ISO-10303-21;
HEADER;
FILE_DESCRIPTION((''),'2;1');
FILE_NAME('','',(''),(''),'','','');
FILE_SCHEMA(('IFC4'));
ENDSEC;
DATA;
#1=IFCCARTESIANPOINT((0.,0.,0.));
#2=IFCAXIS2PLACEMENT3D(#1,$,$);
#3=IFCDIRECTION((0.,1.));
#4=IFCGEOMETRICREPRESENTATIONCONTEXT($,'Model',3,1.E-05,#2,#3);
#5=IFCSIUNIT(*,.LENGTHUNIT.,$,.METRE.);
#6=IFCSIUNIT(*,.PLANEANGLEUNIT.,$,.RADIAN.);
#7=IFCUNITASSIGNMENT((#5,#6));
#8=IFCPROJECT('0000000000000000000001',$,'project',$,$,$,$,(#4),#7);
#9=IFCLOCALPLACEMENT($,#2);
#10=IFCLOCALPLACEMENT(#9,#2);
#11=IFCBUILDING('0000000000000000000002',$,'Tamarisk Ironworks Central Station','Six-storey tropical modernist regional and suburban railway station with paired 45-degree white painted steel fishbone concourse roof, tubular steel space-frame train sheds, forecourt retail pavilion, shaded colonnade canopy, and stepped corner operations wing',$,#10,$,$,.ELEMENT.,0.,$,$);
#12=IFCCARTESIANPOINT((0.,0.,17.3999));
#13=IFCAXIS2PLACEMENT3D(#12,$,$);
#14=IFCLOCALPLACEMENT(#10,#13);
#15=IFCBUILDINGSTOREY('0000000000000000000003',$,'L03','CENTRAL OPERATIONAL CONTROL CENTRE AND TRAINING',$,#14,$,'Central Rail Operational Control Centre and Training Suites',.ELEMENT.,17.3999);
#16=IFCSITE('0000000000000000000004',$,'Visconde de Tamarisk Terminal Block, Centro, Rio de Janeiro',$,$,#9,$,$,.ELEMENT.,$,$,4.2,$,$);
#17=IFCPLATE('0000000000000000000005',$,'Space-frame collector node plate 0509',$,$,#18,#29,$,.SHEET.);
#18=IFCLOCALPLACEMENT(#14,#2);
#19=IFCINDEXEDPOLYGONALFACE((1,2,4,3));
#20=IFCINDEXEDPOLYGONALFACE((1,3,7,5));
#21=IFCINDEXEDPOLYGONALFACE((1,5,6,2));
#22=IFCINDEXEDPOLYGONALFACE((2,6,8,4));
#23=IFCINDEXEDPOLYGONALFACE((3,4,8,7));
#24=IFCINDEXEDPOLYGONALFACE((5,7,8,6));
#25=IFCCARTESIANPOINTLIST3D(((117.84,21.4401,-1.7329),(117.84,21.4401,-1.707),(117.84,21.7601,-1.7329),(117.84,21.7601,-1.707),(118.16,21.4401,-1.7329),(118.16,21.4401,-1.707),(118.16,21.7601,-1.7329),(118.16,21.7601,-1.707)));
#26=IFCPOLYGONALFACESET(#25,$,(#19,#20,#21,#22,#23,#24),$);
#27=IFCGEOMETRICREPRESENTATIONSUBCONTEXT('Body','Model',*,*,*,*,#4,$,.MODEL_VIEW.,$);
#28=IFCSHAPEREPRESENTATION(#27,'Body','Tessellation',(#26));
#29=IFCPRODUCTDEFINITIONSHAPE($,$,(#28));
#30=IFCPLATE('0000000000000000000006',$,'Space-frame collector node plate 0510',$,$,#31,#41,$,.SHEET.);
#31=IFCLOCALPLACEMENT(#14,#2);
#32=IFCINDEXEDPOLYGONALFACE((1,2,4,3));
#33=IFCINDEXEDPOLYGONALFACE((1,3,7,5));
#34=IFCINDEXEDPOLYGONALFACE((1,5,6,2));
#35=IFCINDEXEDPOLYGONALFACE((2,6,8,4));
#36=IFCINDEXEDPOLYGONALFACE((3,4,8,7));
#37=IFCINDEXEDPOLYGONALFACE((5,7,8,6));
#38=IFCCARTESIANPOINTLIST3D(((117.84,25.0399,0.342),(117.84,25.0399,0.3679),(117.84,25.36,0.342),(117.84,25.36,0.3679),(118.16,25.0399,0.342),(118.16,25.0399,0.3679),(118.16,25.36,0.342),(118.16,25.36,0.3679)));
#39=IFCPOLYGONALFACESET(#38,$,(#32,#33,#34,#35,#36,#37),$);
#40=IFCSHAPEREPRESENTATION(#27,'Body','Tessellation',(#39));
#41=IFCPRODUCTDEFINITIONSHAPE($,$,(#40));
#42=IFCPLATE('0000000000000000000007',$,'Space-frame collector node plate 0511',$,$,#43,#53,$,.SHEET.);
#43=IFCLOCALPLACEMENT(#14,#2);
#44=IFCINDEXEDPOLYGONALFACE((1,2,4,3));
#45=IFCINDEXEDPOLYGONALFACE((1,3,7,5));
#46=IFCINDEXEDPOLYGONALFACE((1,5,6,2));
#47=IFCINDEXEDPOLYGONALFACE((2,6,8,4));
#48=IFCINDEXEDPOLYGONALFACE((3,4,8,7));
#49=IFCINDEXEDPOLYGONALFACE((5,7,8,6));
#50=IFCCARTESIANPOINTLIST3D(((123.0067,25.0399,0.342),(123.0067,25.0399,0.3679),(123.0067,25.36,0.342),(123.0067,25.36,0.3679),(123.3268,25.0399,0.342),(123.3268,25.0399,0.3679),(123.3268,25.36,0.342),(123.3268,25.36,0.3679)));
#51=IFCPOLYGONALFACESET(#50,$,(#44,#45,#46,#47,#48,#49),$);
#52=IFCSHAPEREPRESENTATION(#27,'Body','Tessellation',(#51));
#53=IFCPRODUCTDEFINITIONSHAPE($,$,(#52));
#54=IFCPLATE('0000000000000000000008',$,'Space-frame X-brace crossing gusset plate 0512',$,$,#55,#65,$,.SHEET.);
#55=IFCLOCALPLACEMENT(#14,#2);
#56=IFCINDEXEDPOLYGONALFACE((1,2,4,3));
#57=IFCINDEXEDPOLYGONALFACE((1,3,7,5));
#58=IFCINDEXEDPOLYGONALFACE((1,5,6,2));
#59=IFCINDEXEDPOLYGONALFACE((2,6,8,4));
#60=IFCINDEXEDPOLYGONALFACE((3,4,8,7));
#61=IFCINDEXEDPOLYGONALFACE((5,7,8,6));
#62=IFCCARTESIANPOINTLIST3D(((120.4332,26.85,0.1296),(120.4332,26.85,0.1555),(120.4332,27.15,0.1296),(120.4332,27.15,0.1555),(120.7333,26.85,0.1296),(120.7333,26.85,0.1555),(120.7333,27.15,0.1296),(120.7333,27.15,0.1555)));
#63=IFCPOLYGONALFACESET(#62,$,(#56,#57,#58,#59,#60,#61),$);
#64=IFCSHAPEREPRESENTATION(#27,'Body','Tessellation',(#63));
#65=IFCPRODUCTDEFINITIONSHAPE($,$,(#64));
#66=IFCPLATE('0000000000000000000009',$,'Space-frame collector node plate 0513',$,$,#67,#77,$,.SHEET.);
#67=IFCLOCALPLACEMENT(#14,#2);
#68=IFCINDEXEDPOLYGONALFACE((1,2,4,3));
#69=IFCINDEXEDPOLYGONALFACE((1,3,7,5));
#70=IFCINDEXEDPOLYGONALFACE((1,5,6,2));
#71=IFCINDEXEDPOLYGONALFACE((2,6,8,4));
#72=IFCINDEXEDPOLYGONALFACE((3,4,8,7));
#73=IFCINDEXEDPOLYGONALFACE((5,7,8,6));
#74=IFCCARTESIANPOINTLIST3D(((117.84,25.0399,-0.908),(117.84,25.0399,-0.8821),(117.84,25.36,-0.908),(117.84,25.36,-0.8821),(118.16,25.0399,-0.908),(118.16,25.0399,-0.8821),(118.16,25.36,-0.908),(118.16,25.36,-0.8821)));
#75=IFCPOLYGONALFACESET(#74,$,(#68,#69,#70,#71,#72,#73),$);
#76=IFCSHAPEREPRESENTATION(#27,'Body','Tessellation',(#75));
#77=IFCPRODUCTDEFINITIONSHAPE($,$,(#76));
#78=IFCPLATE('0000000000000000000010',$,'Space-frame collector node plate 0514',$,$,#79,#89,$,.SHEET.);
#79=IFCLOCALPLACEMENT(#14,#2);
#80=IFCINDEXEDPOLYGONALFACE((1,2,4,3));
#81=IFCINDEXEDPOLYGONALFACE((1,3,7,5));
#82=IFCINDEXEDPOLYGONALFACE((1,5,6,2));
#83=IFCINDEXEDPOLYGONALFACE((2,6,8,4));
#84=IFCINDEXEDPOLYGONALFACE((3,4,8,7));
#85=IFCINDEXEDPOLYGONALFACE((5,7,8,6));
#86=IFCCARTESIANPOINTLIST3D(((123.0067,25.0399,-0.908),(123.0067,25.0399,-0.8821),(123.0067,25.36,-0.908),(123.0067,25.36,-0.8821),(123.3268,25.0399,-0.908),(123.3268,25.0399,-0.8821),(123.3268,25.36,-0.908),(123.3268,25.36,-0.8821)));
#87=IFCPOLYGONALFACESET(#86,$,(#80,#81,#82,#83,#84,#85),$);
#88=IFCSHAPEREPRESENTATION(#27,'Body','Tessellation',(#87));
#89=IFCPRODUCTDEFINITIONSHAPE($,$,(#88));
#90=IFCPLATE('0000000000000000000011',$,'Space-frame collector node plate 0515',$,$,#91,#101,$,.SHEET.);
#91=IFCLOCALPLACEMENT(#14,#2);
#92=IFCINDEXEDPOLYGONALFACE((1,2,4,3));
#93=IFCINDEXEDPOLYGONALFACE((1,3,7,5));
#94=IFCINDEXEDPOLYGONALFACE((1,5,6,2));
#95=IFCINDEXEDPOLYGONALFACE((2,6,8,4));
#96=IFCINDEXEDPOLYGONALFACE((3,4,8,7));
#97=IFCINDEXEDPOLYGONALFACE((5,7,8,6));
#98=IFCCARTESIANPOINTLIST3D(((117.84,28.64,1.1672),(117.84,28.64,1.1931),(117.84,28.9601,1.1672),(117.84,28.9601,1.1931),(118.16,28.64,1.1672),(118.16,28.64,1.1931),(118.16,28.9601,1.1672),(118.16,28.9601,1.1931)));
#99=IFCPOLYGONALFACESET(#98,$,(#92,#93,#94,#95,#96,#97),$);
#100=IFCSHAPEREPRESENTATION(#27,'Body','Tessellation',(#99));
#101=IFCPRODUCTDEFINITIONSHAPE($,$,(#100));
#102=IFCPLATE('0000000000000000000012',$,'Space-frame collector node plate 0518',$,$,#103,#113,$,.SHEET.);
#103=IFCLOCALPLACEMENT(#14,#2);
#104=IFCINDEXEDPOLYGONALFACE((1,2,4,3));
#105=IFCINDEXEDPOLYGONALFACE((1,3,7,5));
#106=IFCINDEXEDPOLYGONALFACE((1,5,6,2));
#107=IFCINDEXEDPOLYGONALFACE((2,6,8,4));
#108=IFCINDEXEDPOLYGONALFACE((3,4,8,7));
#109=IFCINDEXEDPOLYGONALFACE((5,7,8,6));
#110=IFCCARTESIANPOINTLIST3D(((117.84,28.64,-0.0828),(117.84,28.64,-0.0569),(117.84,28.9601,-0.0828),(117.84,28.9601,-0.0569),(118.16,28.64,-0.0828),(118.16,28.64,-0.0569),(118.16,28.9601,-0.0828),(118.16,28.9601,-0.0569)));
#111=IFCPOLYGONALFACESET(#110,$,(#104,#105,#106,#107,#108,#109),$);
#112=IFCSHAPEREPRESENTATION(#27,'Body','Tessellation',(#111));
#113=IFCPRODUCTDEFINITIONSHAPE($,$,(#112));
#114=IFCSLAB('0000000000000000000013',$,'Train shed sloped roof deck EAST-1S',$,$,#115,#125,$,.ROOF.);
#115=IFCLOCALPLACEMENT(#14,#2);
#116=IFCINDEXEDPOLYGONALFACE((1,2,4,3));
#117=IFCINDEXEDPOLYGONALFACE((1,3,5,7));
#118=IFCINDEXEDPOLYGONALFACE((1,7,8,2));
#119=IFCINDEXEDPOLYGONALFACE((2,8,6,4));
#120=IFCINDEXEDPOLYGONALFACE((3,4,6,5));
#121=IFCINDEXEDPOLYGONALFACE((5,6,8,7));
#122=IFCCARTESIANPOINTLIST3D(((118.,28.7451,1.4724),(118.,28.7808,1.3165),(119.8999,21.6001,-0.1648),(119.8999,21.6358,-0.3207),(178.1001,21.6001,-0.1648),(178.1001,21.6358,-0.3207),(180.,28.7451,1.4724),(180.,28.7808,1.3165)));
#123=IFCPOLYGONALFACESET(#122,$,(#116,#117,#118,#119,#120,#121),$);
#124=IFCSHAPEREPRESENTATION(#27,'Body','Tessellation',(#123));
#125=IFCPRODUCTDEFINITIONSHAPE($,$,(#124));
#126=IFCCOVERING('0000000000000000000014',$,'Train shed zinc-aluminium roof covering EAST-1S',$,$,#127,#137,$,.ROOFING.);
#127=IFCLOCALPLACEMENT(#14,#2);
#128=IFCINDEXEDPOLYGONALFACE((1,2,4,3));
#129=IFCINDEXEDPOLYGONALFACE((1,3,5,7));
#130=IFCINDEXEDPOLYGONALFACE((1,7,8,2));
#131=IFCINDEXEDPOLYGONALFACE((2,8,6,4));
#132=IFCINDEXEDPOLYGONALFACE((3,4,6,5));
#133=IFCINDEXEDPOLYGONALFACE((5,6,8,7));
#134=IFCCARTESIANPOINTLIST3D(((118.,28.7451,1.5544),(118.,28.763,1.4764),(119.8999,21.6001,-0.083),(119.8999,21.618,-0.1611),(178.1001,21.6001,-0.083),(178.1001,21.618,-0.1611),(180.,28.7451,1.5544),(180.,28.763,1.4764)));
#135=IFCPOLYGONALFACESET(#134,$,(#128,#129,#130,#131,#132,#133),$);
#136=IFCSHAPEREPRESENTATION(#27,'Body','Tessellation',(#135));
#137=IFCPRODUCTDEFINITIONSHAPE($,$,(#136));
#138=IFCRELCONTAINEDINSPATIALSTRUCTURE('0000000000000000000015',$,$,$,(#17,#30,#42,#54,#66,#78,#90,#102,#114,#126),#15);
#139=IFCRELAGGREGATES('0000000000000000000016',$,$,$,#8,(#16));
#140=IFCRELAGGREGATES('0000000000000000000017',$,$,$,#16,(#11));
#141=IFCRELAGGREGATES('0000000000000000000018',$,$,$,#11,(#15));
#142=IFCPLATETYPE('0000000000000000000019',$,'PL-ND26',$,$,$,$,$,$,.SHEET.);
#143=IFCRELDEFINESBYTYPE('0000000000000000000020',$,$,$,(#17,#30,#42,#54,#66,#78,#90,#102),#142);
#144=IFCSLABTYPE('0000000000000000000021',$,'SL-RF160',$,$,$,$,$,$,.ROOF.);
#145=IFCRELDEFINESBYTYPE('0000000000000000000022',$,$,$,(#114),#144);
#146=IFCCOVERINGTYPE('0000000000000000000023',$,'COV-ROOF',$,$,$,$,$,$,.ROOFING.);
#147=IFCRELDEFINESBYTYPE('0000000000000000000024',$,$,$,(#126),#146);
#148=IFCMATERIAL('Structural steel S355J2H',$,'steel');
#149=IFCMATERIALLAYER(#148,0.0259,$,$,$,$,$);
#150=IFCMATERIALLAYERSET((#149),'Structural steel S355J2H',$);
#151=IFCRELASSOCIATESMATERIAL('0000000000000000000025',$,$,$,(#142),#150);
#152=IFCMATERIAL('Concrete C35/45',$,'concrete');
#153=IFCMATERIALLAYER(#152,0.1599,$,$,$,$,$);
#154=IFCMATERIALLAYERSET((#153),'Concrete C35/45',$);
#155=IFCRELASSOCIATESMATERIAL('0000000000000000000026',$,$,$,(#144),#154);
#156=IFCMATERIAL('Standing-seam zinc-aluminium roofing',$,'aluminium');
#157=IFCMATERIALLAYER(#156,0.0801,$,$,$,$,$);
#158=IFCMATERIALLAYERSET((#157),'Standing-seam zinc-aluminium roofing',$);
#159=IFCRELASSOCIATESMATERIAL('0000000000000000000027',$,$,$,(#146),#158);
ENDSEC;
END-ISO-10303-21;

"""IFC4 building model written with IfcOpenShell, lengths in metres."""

from ifc_helpers import new_model, si_unit, direction, frame, origin, origin_2d, place, context, subcontext, project, spatial, polyline, rectangle, outline, extrude, material, layer, layer_set, type_object, element, save


model = new_model("IFC4")

# Units and contexts
model_context = context("Model", 3, precision=1e-05, world=origin(), true_north=direction((0.0, 1.0)))
body_context = subcontext(model_context, "Body", "Model", "MODEL_VIEW")
ifc_project = project(units=[si_unit("LENGTHUNIT", "METRE"), si_unit("PLANEANGLEUNIT", "RADIAN")], contexts=[model_context])

# Site, building, storey
site_placement = place(None, origin())
site = spatial("IfcSite", under=ifc_project, at=site_placement, Name="Visconde de Tamarisk Terminal Block, Centro, Rio de Janeiro", CompositionType="ELEMENT", RefElevation=4.2)
building_placement = place(site_placement, origin())
building = spatial("IfcBuilding", under=site, at=building_placement, Name="Tamarisk Ironworks Central Station", Description="Six-storey tropical modernist regional and suburban railway station with paired 45-degree white painted steel fishbone concourse roof, tubular steel space-frame train sheds, forecourt retail pavilion, shaded colonnade canopy, and stepped corner operations wing", CompositionType="ELEMENT", ElevationOfRefHeight=0.0)
storey_placement = place(building_placement, frame((0.0, 0.0, 17.3999)))
storey = spatial("IfcBuildingStorey", under=building, at=storey_placement, Name="L03", Description="CENTRAL OPERATIONAL CONTROL CENTRE AND TRAINING", LongName="Central Rail Operational Control Centre and Training Suites", CompositionType="ELEMENT", Elevation=17.3999)

# Shared definitions
ifc_material_1 = material(Name="Structural steel S355J2H", Category="steel")

# Plates
ifc_layer_1 = layer(ifc_material_1, 0.0259)
ifc_layer_set_1 = layer_set([ifc_layer_1], Name="Structural steel S355J2H")
plate_type_1 = type_object("IfcPlateType", Name="PL-ND26", PredefinedType="SHEET", material=ifc_layer_set_1)
for number, where, z_axis, x_axis, name in (
    (1, (118.0, 21.6001, -1.7329), (0.0, 0.0, 1.0), (1.0, 0.0, 0.0), "Space-frame collector node plate 0509"),
    (2, (118.0, 25.2, 0.342), (0.0, 0.0, 1.0), (1.0, 0.0, 0.0), "Space-frame collector node plate 0510"),
    (3, (123.1667, 25.2, 0.342), (0.0, 0.0, 1.0), (1.0, 0.0, 0.0), "Space-frame collector node plate 0511"),
):
    element("IfcPlate", number, at=place(storey_placement, frame(where, z_axis=z_axis, x_axis=x_axis)), inside=storey, type_object=plate_type_1, Name=name, PredefinedType="SHEET", context=body_context, shape_type="SweptSolid", body=[
        extrude(rectangle(XDim=0.3201, YDim=0.3201, at=origin_2d()), origin(), (0.0, 0.0, 1.0), 0.0259),
    ])
plate_1_placement = place(storey_placement, frame((120.5833, 27.0, 0.1296), z_axis=(0.0, 0.0, 1.0), x_axis=(1.0, 0.0, 0.0)))
element("IfcPlate", 4, at=plate_1_placement, inside=storey, type_object=plate_type_1, Name="Space-frame X-brace crossing gusset plate 0512", PredefinedType="SHEET", context=body_context, shape_type="SweptSolid", body=[
    extrude(rectangle(XDim=0.3, YDim=0.3, at=origin_2d()), origin(), (0.0, 0.0, 1.0), 0.0259),
])
for number, where, z_axis, x_axis, name in (
    (5, (118.0, 25.2, -0.908), (0.0, 0.0, 1.0), (1.0, 0.0, 0.0), "Space-frame collector node plate 0513"),
    (6, (123.1667, 25.2, -0.908), (0.0, 0.0, 1.0), (1.0, 0.0, 0.0), "Space-frame collector node plate 0514"),
    (7, (118.0, 28.8, 1.1672), (0.0, 0.0, 1.0), (1.0, 0.0, 0.0), "Space-frame collector node plate 0515"),
    (8, (118.0, 28.8, -0.0828), (0.0, 0.0, 1.0), (1.0, 0.0, 0.0), "Space-frame collector node plate 0518"),
):
    element("IfcPlate", number, at=place(storey_placement, frame(where, z_axis=z_axis, x_axis=x_axis)), inside=storey, type_object=plate_type_1, Name=name, PredefinedType="SHEET", context=body_context, shape_type="SweptSolid", body=[
        extrude(rectangle(XDim=0.3201, YDim=0.3201, at=origin_2d()), origin(), (0.0, 0.0, 1.0), 0.0259),
    ])

# Slab
ifc_material_2 = material(Name="Concrete C35/45", Category="concrete")
ifc_layer_2 = layer(ifc_material_2, 0.1599)
ifc_layer_set_2 = layer_set([ifc_layer_2], Name="Concrete C35/45")
slab_type = type_object("IfcSlabType", Name="SL-RF160", PredefinedType="ROOF", material=ifc_layer_set_2)
slab_placement = place(storey_placement, frame((119.8999, 21.6001, -0.1648), z_axis=(0.0, -0.223351, 0.974738), x_axis=(1.0, 0.0, 0.0)))
element("IfcSlab", 9, at=slab_placement, inside=storey, type_object=slab_type, Name="Train shed sloped roof deck EAST-1S", PredefinedType="ROOF", context=body_context, shape_type="SweptSolid", body=[
    extrude(outline(polyline([(0.0, 0.0), (58.2002, 0.0), (60.1001, 7.3302), (-1.8999, 7.3302), (0.0, 0.0)])), origin(), (0.0, 0.0, -1.0), 0.1599),
])

# Covering
ifc_material_3 = material(Name="Standing-seam zinc-aluminium roofing", Category="aluminium")
ifc_layer_3 = layer(ifc_material_3, 0.0801)
ifc_layer_set_3 = layer_set([ifc_layer_3], Name="Standing-seam zinc-aluminium roofing")
covering_type = type_object("IfcCoveringType", Name="COV-ROOF", PredefinedType="ROOFING", material=ifc_layer_set_3)
covering_placement = place(storey_placement, frame((119.8999, 21.6001, -0.083), z_axis=(0.0, -0.223383, 0.974731), x_axis=(1.0, 0.0, 0.0)))
element("IfcCovering", 10, at=covering_placement, inside=storey, type_object=covering_type, Name="Train shed zinc-aluminium roof covering EAST-1S", PredefinedType="ROOFING", context=body_context, shape_type="SweptSolid", body=[
    extrude(outline(polyline([(0.0, 0.0), (58.2002, 0.0), (60.1001, 7.3302), (-1.8999, 7.3302), (0.0, 0.0)])), origin(), (0.0, 0.0, -1.0), 0.0801),
])

save(model, "model.ifc")
